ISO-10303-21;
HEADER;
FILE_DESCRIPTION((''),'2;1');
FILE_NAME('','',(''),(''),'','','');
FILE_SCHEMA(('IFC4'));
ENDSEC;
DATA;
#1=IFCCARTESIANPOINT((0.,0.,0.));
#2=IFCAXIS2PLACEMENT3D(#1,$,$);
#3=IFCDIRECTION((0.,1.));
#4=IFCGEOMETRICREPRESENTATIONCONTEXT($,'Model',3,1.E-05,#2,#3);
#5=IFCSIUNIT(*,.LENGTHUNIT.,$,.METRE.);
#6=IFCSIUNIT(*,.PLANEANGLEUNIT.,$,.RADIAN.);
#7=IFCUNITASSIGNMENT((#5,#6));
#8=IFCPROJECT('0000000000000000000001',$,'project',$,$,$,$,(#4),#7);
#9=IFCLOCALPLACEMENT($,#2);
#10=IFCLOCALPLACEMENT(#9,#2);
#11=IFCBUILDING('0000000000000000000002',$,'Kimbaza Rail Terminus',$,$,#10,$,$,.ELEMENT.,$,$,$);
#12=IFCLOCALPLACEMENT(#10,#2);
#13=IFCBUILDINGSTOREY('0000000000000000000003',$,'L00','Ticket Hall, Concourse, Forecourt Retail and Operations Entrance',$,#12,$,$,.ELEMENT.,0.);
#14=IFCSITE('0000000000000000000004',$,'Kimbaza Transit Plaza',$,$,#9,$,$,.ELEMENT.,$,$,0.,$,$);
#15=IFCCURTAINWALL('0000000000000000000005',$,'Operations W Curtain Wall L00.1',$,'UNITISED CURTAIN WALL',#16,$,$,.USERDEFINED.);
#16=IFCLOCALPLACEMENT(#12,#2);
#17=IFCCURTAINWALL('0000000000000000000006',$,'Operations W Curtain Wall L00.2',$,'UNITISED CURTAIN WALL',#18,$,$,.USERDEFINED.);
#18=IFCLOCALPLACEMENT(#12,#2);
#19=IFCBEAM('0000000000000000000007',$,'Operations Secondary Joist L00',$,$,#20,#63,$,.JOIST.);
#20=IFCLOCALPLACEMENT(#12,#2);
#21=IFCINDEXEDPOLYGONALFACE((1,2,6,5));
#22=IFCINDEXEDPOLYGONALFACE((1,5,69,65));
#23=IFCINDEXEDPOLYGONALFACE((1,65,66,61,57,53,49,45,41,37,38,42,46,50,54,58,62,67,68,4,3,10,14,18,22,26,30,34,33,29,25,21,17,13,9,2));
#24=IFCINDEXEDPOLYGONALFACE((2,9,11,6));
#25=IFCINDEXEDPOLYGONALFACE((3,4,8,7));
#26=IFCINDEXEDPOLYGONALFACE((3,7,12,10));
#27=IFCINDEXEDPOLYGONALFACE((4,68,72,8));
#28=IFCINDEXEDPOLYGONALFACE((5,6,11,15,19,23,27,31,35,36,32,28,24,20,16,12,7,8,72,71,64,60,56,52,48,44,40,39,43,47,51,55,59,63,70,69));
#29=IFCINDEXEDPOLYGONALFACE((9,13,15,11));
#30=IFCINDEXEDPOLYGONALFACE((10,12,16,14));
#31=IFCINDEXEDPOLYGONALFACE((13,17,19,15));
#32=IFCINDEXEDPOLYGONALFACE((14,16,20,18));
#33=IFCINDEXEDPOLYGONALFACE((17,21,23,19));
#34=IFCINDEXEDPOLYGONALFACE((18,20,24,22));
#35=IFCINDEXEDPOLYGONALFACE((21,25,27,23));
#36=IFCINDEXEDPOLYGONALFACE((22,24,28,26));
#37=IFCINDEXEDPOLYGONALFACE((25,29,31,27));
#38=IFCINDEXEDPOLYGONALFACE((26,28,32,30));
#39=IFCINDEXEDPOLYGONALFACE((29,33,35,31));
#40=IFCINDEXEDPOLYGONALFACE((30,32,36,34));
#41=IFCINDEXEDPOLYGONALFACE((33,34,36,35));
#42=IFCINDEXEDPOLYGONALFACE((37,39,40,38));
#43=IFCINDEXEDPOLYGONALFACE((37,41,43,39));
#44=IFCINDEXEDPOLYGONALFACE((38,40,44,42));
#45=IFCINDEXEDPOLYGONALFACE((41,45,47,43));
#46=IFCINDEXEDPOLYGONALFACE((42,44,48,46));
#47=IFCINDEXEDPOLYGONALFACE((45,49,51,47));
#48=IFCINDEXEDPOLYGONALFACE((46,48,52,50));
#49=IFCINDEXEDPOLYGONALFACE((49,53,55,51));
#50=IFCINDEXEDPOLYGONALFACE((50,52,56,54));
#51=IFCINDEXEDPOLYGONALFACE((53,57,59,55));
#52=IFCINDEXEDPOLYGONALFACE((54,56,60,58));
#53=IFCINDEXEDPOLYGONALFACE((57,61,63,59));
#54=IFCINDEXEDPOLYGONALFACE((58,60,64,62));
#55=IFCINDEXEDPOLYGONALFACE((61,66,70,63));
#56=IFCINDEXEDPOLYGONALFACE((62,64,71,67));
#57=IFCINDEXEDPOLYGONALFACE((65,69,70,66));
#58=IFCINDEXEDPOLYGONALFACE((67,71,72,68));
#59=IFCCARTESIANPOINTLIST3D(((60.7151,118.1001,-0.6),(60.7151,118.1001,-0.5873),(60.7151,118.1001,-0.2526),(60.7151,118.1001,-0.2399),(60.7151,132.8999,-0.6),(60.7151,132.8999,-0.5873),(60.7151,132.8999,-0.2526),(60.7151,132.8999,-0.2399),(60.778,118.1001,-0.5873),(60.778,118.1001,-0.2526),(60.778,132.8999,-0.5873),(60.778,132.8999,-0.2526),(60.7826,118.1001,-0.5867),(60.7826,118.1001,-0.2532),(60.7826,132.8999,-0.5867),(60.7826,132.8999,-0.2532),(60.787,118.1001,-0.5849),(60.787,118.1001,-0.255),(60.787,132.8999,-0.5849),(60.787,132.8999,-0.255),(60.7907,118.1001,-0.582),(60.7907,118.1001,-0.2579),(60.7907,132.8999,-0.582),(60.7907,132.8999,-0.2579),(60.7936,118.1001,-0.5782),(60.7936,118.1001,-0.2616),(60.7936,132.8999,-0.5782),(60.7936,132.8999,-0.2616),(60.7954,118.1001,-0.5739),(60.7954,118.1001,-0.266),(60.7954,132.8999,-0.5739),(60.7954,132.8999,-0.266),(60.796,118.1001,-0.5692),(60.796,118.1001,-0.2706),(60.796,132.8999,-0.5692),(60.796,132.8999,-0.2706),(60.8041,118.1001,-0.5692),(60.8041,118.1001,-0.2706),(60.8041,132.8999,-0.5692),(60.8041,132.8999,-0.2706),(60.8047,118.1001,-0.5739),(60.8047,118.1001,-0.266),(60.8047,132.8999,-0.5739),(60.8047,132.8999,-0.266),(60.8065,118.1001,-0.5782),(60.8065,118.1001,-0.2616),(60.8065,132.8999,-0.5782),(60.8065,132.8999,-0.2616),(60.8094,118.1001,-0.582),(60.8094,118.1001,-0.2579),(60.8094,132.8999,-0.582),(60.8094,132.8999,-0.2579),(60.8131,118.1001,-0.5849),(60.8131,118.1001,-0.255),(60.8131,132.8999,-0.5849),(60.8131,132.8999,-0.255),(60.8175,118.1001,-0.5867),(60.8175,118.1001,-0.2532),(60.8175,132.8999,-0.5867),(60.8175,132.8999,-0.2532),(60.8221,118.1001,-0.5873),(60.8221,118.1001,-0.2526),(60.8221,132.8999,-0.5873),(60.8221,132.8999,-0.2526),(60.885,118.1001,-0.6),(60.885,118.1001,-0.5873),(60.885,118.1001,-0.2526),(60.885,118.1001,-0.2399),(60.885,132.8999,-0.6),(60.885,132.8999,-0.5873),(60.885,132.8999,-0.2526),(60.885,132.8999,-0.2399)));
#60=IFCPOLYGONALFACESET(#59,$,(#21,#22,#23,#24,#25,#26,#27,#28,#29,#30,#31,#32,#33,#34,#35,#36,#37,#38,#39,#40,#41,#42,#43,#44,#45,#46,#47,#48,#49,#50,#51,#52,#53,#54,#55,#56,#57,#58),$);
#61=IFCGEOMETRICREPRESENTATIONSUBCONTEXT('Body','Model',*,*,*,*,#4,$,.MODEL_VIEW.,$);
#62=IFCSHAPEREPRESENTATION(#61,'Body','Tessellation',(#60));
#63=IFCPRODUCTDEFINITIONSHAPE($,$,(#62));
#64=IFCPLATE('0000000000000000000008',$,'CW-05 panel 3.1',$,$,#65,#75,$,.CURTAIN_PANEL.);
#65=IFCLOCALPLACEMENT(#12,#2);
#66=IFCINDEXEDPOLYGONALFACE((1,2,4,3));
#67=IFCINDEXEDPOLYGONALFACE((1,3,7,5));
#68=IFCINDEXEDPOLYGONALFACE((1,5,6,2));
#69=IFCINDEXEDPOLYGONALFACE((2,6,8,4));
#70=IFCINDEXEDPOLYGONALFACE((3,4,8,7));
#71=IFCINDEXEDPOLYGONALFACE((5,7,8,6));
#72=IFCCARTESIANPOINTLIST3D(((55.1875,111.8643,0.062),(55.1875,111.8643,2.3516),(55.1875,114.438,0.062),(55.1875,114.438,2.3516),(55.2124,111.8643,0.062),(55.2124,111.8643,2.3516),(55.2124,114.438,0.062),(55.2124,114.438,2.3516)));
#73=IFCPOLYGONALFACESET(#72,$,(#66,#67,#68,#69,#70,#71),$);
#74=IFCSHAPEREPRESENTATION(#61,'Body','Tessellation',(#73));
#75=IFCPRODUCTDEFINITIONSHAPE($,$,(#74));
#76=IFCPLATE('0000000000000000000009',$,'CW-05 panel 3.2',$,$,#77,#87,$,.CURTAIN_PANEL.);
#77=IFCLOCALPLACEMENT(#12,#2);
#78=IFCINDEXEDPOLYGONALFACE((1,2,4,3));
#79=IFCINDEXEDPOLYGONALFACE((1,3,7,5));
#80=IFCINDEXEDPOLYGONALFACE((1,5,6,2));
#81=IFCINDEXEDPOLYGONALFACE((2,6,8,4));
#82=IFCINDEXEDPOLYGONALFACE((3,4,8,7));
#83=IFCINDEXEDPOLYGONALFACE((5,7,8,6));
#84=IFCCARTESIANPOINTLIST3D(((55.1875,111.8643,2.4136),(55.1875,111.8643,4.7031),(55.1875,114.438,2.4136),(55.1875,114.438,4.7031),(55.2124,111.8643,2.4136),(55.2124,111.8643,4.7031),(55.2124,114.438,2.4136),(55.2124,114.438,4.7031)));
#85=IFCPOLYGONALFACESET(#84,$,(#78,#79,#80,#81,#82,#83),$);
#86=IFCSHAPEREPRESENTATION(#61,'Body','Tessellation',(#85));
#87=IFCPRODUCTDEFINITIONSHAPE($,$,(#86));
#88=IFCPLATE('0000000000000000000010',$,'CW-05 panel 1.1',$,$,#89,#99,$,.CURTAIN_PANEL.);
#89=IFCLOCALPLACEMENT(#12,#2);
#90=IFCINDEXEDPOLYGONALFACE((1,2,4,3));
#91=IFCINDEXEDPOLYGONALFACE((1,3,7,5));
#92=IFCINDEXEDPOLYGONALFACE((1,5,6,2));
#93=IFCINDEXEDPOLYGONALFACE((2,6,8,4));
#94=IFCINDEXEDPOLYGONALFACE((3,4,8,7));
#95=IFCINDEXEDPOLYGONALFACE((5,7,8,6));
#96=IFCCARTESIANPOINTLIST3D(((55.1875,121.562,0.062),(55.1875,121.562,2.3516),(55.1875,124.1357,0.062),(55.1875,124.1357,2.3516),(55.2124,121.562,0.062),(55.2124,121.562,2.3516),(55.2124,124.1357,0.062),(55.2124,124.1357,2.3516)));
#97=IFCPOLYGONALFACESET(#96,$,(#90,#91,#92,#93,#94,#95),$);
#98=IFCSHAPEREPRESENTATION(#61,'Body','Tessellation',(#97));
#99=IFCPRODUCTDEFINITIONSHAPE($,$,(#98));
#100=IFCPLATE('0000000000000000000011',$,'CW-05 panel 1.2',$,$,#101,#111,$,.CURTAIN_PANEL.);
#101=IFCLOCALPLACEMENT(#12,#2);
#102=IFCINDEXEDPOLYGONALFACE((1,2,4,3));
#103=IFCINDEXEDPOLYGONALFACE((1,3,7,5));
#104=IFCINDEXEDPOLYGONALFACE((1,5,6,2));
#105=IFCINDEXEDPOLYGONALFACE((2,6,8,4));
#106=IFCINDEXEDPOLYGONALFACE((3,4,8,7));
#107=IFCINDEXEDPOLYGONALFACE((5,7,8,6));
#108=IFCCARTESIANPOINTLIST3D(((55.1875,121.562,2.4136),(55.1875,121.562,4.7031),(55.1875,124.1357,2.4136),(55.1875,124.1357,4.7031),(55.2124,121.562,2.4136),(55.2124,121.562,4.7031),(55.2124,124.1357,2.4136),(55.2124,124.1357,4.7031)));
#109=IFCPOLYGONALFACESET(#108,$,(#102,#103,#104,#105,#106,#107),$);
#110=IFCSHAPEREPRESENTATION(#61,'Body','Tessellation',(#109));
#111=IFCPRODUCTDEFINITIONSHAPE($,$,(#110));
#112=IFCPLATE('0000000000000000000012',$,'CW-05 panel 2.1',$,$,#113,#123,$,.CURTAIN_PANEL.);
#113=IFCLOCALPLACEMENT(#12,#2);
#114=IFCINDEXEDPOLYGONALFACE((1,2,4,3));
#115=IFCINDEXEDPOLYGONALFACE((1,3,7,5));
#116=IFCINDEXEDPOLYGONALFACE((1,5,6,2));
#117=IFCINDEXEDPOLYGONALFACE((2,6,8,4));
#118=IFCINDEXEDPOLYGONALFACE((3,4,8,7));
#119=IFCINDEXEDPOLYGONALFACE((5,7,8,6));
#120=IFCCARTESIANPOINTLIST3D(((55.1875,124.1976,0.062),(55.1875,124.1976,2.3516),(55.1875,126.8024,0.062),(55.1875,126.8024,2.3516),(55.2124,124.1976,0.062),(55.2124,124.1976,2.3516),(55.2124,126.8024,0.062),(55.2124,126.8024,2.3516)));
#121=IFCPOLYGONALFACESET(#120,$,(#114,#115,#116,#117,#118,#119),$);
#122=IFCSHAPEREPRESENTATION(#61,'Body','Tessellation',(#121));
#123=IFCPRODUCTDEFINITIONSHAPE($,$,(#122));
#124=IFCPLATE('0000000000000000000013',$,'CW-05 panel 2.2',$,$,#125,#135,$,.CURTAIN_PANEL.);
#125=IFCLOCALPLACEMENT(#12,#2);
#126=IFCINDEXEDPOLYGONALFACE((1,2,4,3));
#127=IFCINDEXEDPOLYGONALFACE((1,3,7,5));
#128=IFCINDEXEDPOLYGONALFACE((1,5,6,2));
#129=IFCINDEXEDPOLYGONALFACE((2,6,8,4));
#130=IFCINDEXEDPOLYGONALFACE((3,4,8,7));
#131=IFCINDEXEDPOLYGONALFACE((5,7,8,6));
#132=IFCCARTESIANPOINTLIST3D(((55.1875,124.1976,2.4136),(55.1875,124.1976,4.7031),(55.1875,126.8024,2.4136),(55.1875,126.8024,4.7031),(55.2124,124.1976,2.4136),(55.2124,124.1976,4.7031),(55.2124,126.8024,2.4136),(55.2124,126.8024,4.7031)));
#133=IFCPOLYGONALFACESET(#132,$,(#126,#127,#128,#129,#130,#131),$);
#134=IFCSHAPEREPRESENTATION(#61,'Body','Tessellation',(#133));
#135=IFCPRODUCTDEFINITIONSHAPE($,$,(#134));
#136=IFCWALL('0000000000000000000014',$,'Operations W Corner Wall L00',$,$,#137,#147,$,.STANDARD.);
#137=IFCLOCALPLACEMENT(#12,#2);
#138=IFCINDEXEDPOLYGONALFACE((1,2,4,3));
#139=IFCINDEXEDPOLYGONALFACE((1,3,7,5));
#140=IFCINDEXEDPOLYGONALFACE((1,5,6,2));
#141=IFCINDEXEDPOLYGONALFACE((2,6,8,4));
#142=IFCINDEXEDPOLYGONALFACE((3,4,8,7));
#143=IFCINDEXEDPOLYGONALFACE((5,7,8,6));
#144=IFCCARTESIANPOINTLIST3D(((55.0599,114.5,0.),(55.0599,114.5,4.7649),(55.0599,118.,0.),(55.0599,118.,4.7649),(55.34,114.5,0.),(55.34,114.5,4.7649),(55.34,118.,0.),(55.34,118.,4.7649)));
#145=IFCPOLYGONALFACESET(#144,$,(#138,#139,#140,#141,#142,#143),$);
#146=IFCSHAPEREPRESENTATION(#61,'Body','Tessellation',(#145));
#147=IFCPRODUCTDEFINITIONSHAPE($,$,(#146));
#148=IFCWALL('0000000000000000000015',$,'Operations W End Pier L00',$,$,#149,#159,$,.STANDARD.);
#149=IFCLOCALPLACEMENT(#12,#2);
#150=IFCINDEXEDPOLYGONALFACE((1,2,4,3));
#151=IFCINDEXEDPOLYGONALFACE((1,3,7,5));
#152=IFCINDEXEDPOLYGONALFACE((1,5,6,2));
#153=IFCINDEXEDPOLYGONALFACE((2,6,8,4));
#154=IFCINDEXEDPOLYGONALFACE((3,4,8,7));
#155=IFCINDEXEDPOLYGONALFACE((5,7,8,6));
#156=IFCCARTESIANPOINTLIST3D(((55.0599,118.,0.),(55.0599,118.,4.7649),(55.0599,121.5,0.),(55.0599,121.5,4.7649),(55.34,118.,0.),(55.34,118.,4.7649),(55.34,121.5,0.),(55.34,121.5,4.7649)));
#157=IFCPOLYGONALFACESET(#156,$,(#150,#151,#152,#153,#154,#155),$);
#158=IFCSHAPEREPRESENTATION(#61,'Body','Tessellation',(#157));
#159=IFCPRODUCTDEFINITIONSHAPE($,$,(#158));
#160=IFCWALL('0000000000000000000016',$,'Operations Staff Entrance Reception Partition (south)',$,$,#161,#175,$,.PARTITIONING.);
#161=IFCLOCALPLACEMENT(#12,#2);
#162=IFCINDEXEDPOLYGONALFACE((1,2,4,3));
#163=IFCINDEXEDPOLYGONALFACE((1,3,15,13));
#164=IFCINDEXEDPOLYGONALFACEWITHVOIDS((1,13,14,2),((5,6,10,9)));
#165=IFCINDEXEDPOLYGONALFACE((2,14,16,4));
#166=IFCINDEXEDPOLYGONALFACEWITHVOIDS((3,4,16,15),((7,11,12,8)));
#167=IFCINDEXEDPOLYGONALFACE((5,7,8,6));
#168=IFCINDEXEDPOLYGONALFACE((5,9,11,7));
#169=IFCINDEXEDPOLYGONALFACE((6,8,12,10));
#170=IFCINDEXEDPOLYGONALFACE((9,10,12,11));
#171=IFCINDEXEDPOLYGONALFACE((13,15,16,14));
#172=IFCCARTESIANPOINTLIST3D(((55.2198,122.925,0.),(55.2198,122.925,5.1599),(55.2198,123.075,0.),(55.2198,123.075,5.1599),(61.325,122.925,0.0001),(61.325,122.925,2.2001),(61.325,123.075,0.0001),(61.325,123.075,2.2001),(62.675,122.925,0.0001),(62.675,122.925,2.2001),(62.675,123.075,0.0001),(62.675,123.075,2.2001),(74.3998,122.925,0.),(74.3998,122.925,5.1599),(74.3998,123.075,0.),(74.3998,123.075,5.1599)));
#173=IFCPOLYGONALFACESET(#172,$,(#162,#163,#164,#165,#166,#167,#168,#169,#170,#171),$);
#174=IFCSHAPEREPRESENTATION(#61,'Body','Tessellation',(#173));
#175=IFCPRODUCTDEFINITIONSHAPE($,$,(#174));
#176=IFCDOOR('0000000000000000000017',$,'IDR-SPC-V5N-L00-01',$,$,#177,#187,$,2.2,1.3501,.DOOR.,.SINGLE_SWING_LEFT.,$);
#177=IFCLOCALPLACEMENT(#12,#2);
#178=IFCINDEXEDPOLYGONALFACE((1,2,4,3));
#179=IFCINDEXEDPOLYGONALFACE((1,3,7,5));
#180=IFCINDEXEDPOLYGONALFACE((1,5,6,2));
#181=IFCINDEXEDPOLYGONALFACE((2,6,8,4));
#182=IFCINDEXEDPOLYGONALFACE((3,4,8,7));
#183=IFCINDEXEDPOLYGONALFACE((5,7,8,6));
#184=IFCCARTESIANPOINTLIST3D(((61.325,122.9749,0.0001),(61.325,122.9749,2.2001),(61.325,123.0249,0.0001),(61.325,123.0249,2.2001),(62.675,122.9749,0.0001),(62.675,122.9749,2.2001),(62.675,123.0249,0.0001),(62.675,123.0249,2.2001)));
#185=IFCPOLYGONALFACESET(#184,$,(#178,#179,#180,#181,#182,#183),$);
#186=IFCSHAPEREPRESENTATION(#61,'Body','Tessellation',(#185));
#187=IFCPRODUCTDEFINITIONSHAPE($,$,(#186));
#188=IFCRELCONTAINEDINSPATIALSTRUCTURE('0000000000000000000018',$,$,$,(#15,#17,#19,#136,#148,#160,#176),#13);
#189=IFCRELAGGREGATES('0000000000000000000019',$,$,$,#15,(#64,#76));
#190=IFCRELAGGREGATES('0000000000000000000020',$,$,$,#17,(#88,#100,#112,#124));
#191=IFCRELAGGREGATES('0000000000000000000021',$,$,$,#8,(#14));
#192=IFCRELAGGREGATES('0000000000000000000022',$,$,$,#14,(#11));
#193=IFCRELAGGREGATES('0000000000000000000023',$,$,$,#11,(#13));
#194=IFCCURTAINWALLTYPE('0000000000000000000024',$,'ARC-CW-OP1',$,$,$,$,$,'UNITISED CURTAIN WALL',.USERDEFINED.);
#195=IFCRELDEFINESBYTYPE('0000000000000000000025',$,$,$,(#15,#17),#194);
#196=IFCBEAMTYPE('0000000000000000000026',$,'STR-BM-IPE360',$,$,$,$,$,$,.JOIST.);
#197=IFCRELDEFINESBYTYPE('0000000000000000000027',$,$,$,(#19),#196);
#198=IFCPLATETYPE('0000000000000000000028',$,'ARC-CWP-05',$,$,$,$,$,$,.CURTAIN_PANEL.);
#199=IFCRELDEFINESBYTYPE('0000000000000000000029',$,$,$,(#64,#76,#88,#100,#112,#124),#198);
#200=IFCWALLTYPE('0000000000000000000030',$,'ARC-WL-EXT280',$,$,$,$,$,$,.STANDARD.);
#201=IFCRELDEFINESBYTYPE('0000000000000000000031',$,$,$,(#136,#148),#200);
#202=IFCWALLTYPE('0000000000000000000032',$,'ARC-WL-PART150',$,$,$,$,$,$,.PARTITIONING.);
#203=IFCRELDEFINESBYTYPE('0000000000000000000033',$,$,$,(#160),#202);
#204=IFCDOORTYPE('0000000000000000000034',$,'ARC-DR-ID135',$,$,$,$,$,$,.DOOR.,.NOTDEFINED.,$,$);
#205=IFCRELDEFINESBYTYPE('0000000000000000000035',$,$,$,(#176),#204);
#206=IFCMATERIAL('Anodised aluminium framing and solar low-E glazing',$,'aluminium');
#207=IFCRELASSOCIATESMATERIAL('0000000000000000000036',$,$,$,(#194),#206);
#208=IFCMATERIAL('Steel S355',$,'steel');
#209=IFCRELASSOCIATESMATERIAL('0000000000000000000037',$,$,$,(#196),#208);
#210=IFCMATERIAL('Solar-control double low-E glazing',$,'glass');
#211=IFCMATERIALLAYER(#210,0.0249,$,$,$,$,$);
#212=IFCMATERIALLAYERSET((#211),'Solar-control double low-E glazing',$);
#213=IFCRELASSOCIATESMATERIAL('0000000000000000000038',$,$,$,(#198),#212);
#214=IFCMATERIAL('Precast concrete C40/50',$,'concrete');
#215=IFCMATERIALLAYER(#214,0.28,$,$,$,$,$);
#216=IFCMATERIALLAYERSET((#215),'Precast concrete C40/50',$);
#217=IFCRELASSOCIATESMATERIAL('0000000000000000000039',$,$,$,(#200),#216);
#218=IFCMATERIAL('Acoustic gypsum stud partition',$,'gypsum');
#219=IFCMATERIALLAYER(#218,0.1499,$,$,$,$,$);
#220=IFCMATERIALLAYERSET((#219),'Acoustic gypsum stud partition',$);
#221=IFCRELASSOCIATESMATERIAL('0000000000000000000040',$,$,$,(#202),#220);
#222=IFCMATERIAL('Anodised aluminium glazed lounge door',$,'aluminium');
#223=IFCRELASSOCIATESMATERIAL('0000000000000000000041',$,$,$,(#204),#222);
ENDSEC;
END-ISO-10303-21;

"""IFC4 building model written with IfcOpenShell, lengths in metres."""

from ifc_helpers import new_model, si_unit, direction, frame, frame_2d, origin, origin_2d, place, context, subcontext, project, spatial, rectangle, i_section, extrude, material, layer, layer_set, material_profile, profile_set, type_object, element, fill, aggregate, save


model = new_model("IFC4")

# Units and contexts
model_context = context("Model", 3, precision=1e-05, world=origin(), true_north=direction((0.0, 1.0)))
body_context = subcontext(model_context, "Body", "Model", "MODEL_VIEW")
ifc_project = project(units=[si_unit("LENGTHUNIT", "METRE"), si_unit("PLANEANGLEUNIT", "RADIAN")], contexts=[model_context])

# Site, building, storey
site_placement = place(None, origin())
site = spatial("IfcSite", under=ifc_project, at=site_placement, Name="Kimbaza Transit Plaza", CompositionType="ELEMENT", RefElevation=0.0)
building_placement = place(site_placement, origin())
building = spatial("IfcBuilding", under=site, at=building_placement, Name="Kimbaza Rail Terminus", CompositionType="ELEMENT")
storey_placement = place(building_placement, origin())
storey = spatial("IfcBuildingStorey", under=building, at=storey_placement, Name="L00", Description="Ticket Hall, Concourse, Forecourt Retail and Operations Entrance", CompositionType="ELEMENT", Elevation=0.0)

# Curtain wall
ifc_material_1 = material(Name="Anodised aluminium framing and solar low-E glazing", Category="aluminium")
curtain_wall_type = type_object("IfcCurtainWallType", Name="ARC-CW-OP1", ElementType="UNITISED CURTAIN WALL", PredefinedType="USERDEFINED", material=ifc_material_1)
curtain_wall_1_placement = place(storey_placement, origin())
curtain_wall_1 = element("IfcCurtainWall", 1, at=curtain_wall_1_placement, inside=storey, type_object=curtain_wall_type, Name="Operations W Curtain Wall L00.1", ObjectType="UNITISED CURTAIN WALL", PredefinedType="USERDEFINED")

# Curtain wall
curtain_wall_2_placement = place(storey_placement, origin())
curtain_wall_2 = element("IfcCurtainWall", 2, at=curtain_wall_2_placement, inside=storey, type_object=curtain_wall_type, Name="Operations W Curtain Wall L00.2", ObjectType="UNITISED CURTAIN WALL", PredefinedType="USERDEFINED")

# Beam
ifc_material_2 = material(Name="Steel S355", Category="steel")
ifc_material_profile_1 = material_profile(ifc_material_2, i_section(OverallWidth=0.1699, OverallDepth=0.3601, WebThickness=0.0081, FlangeThickness=0.0127, FilletRadius=0.0181, at=origin_2d()), Name="IPE 360")
ifc_profile_set_1 = profile_set([ifc_material_profile_1], Name="Steel S355")
beam_type_1 = type_object("IfcBeamType", Name="STR-BM-IPE360", PredefinedType="JOIST", material=ifc_profile_set_1)
beam_1_placement = place(storey_placement, frame((60.8, 118.1001, -0.4199), z_axis=(0.0, 1.0, 0.0), x_axis=(-1.0, 0.0, 0.0)))
element("IfcBeam", 3, at=beam_1_placement, inside=storey, type_object=beam_type_1, Name="Operations Secondary Joist L00", PredefinedType="JOIST", context=body_context, shape_type="SweptSolid", body=[
    extrude(i_section(OverallWidth=0.1699, OverallDepth=0.3601, WebThickness=0.0081, FlangeThickness=0.0127, FilletRadius=0.0181, at=origin_2d()), origin(), (0.0, 0.0, 1.0), 14.7998),
])

# Plates
ifc_material_3 = material(Name="Solar-control double low-E glazing", Category="glass")
ifc_layer_1 = layer(ifc_material_3, 0.0249)
ifc_layer_set_1 = layer_set([ifc_layer_1], Name="Solar-control double low-E glazing")
plate_type = type_object("IfcPlateType", Name="ARC-CWP-05", PredefinedType="CURTAIN_PANEL", material=ifc_layer_set_1)
plate_1_placement = place(storey_placement, frame((55.2, 113.1511, 0.062), z_axis=(0.0, 0.0, 1.0), x_axis=(0.0, 1.0, 0.0)))
plate_1 = element("IfcPlate", 4, at=plate_1_placement, type_object=plate_type, Name="CW-05 panel 3.1", PredefinedType="CURTAIN_PANEL", context=body_context, shape_type="SweptSolid", body=[
    extrude(rectangle(XDim=2.5737, YDim=0.0249, at=origin_2d()), origin(), (0.0, 0.0, 1.0), 2.2896),
])
plate_2_placement = place(storey_placement, frame((55.2, 113.1511, 2.4136), z_axis=(0.0, 0.0, 1.0), x_axis=(0.0, 1.0, 0.0)))
plate_2 = element("IfcPlate", 5, at=plate_2_placement, type_object=plate_type, Name="CW-05 panel 3.2", PredefinedType="CURTAIN_PANEL", context=body_context, shape_type="SweptSolid", body=[
    extrude(rectangle(XDim=2.5737, YDim=0.0249, at=origin_2d()), origin(), (0.0, 0.0, 1.0), 2.2896),
])
aggregate(curtain_wall_1, [plate_1, plate_2])
plate_3_placement = place(storey_placement, frame((55.2, 122.8489, 0.062), z_axis=(0.0, 0.0, 1.0), x_axis=(0.0, 1.0, 0.0)))
plate_3 = element("IfcPlate", 6, at=plate_3_placement, type_object=plate_type, Name="CW-05 panel 1.1", PredefinedType="CURTAIN_PANEL", context=body_context, shape_type="SweptSolid", body=[
    extrude(rectangle(XDim=2.5737, YDim=0.0249, at=origin_2d()), origin(), (0.0, 0.0, 1.0), 2.2896),
])
plate_4_placement = place(storey_placement, frame((55.2, 122.8489, 2.4136), z_axis=(0.0, 0.0, 1.0), x_axis=(0.0, 1.0, 0.0)))
plate_4 = element("IfcPlate", 7, at=plate_4_placement, type_object=plate_type, Name="CW-05 panel 1.2", PredefinedType="CURTAIN_PANEL", context=body_context, shape_type="SweptSolid", body=[
    extrude(rectangle(XDim=2.5737, YDim=0.0249, at=origin_2d()), origin(), (0.0, 0.0, 1.0), 2.2896),
])
plate_5_placement = place(storey_placement, frame((55.2, 125.5, 0.062), z_axis=(0.0, 0.0, 1.0), x_axis=(0.0, 1.0, 0.0)))
plate_5 = element("IfcPlate", 8, at=plate_5_placement, type_object=plate_type, Name="CW-05 panel 2.1", PredefinedType="CURTAIN_PANEL", context=body_context, shape_type="SweptSolid", body=[
    extrude(rectangle(XDim=2.6047, YDim=0.0249, at=origin_2d()), origin(), (0.0, 0.0, 1.0), 2.2896),
])
plate_6_placement = place(storey_placement, frame((55.2, 125.5, 2.4136), z_axis=(0.0, 0.0, 1.0), x_axis=(0.0, 1.0, 0.0)))
plate_6 = element("IfcPlate", 9, at=plate_6_placement, type_object=plate_type, Name="CW-05 panel 2.2", PredefinedType="CURTAIN_PANEL", context=body_context, shape_type="SweptSolid", body=[
    extrude(rectangle(XDim=2.6047, YDim=0.0249, at=origin_2d()), origin(), (0.0, 0.0, 1.0), 2.2896),
])
aggregate(curtain_wall_2, [plate_3, plate_4, plate_5, plate_6])

# Walls
ifc_material_4 = material(Name="Precast concrete C40/50", Category="concrete")
ifc_layer_2 = layer(ifc_material_4, 0.28)
ifc_layer_set_2 = layer_set([ifc_layer_2], Name="Precast concrete C40/50")
wall_type_1 = type_object("IfcWallType", Name="ARC-WL-EXT280", PredefinedType="STANDARD", material=ifc_layer_set_2)
for number, where, z_axis, x_axis, name in (
    (10, (55.2, 114.5, 0.0), (0.0, 0.0, 1.0), (0.0, 1.0, 0.0), "Operations W Corner Wall L00"),
    (11, (55.2, 118.0, 0.0), (0.0, 0.0, 1.0), (0.0, 1.0, 0.0), "Operations W End Pier L00"),
):
    element("IfcWall", number, at=place(storey_placement, frame(where, z_axis=z_axis, x_axis=x_axis)), inside=storey, type_object=wall_type_1, Name=name, PredefinedType="STANDARD", context=body_context, shape_type="SweptSolid", body=[
        extrude(rectangle(XDim=3.5, YDim=0.28, at=frame_2d((1.75, 0.0))), origin(), (0.0, 0.0, 1.0), 4.7649),
    ])

# Wall, opening, door
ifc_material_5 = material(Name="Acoustic gypsum stud partition", Category="gypsum")
ifc_layer_3 = layer(ifc_material_5, 0.1499)
ifc_layer_set_3 = layer_set([ifc_layer_3], Name="Acoustic gypsum stud partition")
wall_type_2 = type_object("IfcWallType", Name="ARC-WL-PART150", PredefinedType="PARTITIONING", material=ifc_layer_set_3)
wall_placement = place(storey_placement, frame((55.22, 123.0, 0.0), z_axis=(0.0, 0.0, 1.0), x_axis=(1.0, 0.0, 0.0)))
wall = element("IfcWall", 12, at=wall_placement, inside=storey, type_object=wall_type_2, Name="Operations Staff Entrance Reception Partition (south)", PredefinedType="PARTITIONING", context=body_context, shape_type="SweptSolid", body=[
    extrude(rectangle(XDim=19.1799, YDim=0.1499, at=frame_2d((9.5898, 0.0))), origin(), (0.0, 0.0, 1.0), 5.1599),
])
opening_placement = place(wall_placement, frame((6.105, 0.0, 0.0)))
opening = element("IfcOpeningElement", 13, at=opening_placement, cuts=wall, PredefinedType="OPENING", context=body_context, shape_type="SweptSolid", body=[
    extrude(rectangle(XDim=1.3501, YDim=2.2, at=frame_2d((0.675, 1.1001))), frame((0.0, 0.085, 0.0), z_axis=(0.0, -1.0, 0.0), x_axis=(1.0, 0.0, 0.0)), (0.0, 0.0, 1.0), 0.1699),
])
ifc_material_6 = material(Name="Anodised aluminium glazed lounge door", Category="aluminium")
door_type = type_object("IfcDoorType", Name="ARC-DR-ID135", OperationType="NOTDEFINED", PredefinedType="DOOR", material=ifc_material_6)
door_placement = place(opening_placement, origin())
door = element("IfcDoor", 14, at=door_placement, inside=storey, type_object=door_type, Name="IDR-SPC-V5N-L00-01", OperationType="SINGLE_SWING_LEFT", OverallHeight=2.2, OverallWidth=1.3501, PredefinedType="DOOR", context=body_context, shape_type="SweptSolid", body=[
    extrude(rectangle(XDim=1.3501, YDim=2.2, at=frame_2d((0.675, 1.1001))), frame((0.0, 0.0249, 0.0), z_axis=(0.0, -1.0, 0.0), x_axis=(1.0, 0.0, 0.0)), (0.0, 0.0, 1.0), 0.05),
])
fill(opening, door)

save(model, "model.ifc")
